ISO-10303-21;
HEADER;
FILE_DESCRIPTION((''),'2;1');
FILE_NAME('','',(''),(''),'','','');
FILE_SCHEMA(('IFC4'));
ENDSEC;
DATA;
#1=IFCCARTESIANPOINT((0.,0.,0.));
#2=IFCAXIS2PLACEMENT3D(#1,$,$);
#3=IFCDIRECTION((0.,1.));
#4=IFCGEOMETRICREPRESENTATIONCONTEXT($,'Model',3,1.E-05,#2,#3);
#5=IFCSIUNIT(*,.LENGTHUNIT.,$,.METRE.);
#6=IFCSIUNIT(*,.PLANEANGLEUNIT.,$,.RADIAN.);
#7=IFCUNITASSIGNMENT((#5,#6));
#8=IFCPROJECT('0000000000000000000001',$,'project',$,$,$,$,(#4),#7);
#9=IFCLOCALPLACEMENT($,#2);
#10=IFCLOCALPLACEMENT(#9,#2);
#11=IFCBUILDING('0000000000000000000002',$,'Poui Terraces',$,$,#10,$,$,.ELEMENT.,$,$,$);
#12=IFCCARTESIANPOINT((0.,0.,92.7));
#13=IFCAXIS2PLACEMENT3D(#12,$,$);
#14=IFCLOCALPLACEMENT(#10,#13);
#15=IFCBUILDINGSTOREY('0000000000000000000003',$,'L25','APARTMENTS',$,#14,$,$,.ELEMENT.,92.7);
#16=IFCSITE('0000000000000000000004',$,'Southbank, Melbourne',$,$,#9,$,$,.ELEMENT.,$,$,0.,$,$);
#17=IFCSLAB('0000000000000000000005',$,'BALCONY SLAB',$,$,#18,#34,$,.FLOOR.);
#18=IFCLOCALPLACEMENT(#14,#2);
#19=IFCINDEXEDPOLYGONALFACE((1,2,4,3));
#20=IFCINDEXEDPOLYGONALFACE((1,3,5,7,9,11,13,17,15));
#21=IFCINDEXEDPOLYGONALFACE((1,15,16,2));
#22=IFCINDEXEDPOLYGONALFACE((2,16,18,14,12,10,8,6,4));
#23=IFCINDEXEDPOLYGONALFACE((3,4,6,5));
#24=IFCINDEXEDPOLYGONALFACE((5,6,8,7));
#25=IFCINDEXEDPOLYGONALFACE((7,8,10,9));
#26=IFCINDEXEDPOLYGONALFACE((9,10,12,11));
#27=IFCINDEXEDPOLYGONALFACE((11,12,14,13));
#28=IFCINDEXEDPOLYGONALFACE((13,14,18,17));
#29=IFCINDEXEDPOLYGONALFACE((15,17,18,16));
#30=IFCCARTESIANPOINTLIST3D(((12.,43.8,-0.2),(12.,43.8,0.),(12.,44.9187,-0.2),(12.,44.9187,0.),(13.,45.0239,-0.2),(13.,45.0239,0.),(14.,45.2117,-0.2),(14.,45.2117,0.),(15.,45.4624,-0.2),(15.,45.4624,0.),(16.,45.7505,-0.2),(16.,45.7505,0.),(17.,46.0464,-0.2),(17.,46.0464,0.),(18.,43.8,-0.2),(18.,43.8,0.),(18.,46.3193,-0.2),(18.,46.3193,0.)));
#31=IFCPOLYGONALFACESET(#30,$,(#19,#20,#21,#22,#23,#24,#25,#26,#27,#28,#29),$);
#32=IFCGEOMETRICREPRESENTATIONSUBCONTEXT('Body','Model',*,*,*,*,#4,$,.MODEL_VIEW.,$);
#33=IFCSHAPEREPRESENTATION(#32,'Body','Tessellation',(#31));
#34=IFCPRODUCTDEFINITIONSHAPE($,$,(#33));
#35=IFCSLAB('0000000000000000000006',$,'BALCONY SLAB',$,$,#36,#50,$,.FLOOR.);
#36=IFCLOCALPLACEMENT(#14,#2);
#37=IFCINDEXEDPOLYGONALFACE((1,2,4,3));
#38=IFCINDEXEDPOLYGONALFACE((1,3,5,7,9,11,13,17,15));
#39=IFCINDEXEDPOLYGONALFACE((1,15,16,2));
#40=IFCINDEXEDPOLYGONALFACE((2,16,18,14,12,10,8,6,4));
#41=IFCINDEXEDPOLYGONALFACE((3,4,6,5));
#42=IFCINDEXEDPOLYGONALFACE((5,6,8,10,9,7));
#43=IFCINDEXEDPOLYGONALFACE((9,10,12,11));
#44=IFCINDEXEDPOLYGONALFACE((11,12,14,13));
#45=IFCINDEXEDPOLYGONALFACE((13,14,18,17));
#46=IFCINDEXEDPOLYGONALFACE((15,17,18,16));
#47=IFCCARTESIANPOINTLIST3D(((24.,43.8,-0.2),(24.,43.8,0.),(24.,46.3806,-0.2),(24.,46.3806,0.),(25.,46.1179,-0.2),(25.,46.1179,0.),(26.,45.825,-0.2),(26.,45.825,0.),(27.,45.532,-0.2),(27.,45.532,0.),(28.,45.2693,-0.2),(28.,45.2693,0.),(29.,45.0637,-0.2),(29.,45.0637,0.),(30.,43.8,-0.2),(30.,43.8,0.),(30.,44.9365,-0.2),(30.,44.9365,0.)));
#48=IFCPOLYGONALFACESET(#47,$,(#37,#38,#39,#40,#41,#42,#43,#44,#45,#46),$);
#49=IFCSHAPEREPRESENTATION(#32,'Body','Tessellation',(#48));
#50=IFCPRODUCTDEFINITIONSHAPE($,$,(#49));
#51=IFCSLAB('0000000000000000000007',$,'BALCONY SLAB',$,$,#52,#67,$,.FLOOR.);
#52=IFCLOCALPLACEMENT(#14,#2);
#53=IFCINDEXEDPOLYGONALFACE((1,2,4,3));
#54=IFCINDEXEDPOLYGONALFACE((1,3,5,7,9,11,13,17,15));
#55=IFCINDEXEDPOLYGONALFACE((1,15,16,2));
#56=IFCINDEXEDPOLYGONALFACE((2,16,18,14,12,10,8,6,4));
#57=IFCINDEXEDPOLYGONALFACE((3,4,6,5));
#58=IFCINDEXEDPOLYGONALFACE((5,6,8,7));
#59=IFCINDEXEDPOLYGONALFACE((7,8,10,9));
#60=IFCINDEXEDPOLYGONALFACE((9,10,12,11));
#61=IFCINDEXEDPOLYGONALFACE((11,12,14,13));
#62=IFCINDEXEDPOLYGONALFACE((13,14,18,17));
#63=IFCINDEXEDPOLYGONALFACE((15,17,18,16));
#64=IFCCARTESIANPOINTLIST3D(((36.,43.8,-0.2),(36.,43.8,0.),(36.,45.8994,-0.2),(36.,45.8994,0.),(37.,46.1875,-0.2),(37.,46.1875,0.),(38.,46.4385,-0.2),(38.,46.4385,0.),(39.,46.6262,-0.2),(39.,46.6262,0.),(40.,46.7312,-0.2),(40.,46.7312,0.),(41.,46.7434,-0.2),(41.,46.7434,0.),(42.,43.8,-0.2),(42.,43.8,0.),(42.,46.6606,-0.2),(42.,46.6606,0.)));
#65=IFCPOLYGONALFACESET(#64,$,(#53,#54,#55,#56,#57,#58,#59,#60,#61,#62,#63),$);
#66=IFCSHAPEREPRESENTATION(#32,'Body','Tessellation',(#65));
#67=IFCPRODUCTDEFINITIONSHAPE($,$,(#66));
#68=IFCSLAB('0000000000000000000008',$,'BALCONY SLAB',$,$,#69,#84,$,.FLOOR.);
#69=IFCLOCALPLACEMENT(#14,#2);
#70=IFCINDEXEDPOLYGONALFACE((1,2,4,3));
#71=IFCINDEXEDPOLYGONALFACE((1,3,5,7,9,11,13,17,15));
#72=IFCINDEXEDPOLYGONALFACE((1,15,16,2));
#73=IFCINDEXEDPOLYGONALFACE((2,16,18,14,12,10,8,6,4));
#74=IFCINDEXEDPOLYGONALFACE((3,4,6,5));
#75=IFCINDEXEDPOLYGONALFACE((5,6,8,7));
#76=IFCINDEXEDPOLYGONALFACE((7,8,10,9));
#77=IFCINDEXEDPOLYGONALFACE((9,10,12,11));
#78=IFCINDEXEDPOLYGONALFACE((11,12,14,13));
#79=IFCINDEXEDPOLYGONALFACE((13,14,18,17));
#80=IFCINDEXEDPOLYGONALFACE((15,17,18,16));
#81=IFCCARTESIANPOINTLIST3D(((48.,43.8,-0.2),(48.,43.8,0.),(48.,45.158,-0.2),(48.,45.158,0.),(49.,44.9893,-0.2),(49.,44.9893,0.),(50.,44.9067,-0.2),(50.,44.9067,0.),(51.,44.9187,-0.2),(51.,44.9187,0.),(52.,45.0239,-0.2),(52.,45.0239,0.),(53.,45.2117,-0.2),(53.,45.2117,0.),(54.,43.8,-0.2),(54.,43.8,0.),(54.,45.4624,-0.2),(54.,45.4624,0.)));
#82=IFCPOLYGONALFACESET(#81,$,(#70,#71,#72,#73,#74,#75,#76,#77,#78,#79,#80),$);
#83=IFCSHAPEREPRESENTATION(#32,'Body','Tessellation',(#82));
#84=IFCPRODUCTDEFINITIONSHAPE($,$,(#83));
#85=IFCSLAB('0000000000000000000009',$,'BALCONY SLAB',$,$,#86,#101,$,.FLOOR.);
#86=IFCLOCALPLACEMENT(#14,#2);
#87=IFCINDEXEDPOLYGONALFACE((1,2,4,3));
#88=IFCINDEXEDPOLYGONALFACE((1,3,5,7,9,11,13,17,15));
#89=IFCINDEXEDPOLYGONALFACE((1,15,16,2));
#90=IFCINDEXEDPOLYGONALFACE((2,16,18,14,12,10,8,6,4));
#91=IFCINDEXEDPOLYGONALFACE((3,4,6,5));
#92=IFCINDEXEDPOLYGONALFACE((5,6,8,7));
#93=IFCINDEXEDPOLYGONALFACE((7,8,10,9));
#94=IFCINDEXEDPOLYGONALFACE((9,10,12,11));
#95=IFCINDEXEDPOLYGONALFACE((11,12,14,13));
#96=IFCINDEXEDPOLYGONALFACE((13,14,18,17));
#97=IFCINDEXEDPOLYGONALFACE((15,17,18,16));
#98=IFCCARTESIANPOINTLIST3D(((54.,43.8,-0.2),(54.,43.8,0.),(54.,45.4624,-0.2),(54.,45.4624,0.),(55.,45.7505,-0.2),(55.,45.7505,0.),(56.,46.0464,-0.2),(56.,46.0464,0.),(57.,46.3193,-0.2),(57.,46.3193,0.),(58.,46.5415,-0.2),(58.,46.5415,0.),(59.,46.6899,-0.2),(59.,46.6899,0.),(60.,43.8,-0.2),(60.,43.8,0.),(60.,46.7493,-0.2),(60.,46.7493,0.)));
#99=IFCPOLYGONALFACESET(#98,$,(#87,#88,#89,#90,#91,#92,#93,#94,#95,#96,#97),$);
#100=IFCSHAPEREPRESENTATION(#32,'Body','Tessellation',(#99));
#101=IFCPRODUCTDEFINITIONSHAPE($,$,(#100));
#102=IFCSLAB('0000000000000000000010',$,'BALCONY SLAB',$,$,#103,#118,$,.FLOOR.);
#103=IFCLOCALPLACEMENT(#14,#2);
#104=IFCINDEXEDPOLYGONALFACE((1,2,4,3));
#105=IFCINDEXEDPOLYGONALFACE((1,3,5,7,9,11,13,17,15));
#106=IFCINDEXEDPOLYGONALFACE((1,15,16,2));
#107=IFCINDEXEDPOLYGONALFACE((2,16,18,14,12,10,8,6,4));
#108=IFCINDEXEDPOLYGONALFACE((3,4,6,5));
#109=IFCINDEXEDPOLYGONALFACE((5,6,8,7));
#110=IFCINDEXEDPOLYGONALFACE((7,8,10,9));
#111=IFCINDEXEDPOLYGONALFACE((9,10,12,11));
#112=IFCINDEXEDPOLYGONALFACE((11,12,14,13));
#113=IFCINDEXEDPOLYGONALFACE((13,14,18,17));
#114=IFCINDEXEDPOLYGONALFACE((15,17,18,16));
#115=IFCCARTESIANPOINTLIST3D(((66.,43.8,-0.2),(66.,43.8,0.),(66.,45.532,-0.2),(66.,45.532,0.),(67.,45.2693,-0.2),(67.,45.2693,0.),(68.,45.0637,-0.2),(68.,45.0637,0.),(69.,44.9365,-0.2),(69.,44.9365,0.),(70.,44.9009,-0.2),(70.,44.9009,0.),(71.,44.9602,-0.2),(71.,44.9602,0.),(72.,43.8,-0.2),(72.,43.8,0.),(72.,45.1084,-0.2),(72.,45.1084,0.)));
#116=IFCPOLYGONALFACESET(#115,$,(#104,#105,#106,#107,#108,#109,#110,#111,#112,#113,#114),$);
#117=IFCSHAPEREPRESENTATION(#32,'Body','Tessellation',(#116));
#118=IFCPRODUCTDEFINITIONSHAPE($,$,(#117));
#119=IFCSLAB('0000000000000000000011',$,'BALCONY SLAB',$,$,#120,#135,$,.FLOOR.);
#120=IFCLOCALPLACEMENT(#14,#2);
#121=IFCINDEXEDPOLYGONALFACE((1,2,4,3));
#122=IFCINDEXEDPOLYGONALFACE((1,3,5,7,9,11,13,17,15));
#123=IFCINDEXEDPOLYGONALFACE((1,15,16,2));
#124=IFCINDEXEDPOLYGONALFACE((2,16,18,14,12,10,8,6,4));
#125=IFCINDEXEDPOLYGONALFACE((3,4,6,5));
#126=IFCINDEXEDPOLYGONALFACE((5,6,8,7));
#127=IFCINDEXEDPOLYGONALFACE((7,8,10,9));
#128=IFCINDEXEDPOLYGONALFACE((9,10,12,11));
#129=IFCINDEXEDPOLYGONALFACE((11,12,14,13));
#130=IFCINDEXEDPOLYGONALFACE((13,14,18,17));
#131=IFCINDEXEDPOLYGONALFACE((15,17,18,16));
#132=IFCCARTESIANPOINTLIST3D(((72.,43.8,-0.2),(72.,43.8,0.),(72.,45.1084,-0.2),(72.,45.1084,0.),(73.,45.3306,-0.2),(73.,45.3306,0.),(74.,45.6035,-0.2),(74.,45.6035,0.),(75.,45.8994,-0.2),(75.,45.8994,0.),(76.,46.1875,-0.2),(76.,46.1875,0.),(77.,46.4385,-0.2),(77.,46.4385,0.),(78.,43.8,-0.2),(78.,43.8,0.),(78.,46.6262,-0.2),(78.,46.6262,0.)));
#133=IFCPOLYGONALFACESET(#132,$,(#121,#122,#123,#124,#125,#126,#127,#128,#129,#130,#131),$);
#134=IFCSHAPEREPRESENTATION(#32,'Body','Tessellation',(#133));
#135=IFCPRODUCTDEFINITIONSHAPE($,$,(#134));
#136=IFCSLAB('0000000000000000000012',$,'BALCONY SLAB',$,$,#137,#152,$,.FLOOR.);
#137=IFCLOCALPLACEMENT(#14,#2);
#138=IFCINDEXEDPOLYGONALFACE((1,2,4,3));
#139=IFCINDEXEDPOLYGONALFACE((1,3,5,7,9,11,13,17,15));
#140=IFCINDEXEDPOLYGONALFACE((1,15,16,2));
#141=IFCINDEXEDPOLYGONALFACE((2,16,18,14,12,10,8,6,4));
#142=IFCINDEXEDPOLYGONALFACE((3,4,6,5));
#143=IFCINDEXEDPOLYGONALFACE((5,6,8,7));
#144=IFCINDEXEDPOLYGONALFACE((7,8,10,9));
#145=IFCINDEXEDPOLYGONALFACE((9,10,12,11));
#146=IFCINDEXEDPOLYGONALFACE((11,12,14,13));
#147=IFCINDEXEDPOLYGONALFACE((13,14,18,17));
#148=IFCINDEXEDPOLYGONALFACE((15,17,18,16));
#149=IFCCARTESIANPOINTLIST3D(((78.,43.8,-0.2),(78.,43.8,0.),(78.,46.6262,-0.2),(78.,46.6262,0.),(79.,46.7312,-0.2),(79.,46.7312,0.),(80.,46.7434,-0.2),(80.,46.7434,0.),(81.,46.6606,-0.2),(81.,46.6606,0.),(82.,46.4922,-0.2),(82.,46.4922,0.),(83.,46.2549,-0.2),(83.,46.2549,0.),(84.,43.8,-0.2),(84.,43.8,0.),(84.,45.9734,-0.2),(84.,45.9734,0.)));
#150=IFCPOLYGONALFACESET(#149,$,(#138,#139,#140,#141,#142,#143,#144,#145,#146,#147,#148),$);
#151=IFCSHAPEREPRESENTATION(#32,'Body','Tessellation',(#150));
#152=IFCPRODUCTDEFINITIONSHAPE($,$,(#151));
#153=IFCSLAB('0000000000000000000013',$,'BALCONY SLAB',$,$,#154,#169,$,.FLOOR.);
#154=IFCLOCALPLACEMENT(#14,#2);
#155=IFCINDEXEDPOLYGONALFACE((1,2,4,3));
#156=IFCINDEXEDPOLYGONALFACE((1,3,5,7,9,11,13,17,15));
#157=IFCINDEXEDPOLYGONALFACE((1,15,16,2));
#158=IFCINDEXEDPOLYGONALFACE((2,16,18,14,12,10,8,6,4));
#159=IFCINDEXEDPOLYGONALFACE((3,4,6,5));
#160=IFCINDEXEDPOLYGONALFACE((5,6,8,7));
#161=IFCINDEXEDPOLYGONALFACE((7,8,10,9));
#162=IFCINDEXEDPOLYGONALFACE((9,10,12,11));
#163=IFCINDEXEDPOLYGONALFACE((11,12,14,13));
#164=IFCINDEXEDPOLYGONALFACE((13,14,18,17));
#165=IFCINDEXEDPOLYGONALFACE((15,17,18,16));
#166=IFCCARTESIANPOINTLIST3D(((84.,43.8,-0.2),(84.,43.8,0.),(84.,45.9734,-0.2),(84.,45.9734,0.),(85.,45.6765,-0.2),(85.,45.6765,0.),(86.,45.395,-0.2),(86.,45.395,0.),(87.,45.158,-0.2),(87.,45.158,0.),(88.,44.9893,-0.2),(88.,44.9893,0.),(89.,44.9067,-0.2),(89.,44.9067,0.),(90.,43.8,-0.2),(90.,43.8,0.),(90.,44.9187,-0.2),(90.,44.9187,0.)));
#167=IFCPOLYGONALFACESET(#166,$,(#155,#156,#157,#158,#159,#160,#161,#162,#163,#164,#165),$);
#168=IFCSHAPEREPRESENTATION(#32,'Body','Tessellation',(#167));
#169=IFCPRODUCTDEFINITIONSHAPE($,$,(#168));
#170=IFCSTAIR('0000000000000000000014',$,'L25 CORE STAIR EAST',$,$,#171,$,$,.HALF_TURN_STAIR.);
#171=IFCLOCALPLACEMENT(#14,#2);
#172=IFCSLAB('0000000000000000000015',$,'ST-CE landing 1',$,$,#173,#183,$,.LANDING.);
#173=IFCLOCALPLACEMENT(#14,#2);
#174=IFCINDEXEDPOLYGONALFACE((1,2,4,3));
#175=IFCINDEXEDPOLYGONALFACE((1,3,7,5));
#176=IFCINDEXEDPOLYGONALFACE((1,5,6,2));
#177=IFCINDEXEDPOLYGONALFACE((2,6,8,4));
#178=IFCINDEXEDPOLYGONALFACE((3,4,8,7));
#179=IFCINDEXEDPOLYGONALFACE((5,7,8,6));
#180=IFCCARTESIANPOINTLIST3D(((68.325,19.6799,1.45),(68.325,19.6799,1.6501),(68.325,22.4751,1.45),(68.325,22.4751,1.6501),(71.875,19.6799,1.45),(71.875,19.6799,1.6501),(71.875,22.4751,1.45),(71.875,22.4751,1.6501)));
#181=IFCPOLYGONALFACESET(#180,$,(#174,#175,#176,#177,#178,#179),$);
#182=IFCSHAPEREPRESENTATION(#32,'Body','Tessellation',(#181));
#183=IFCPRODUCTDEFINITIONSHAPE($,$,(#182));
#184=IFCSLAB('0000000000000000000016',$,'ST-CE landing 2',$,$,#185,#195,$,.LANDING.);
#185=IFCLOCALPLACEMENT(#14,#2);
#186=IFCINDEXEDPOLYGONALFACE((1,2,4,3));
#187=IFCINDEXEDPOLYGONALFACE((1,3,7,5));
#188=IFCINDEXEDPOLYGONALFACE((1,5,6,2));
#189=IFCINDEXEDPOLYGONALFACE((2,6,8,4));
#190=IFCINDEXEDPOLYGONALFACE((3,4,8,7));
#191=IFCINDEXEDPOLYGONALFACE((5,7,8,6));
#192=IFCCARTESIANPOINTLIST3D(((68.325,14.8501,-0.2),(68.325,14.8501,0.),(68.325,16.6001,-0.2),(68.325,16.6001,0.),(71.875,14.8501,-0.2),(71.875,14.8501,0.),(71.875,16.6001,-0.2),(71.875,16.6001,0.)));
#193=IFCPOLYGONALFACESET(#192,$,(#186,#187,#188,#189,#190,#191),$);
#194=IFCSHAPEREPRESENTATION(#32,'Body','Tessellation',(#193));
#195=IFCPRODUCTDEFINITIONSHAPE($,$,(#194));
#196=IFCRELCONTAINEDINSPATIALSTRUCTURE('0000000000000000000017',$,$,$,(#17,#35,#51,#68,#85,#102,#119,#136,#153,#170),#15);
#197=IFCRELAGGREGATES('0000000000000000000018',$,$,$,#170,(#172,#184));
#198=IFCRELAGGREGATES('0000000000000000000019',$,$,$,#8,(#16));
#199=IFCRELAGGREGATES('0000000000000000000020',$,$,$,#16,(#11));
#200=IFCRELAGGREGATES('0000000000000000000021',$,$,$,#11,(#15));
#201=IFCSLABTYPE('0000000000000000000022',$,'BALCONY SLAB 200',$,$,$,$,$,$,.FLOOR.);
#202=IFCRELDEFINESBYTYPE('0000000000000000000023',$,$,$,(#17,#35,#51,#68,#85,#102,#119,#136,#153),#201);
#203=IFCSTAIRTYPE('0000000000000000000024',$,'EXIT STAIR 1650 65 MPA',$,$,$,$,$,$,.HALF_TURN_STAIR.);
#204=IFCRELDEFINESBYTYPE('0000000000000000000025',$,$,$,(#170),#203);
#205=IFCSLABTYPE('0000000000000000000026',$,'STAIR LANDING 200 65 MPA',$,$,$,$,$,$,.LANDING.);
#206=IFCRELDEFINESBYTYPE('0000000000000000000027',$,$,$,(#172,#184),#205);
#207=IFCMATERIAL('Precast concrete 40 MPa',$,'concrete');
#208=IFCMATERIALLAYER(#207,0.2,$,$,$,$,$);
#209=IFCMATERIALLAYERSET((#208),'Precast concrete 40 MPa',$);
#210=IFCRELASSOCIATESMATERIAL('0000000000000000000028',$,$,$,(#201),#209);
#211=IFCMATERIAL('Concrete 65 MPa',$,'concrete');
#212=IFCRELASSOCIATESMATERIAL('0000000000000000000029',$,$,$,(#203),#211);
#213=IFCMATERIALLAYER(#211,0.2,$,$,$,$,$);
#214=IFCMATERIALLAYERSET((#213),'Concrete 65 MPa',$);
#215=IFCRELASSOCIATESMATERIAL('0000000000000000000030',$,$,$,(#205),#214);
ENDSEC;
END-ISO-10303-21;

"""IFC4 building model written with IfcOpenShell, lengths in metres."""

from ifc_helpers import new_model, si_unit, direction, frame, origin, place, context, subcontext, project, spatial, polyline, outline, extrude, material, layer, layer_set, type_object, element, aggregate, save


model = new_model("IFC4")

# Units and contexts
model_context = context("Model", 3, precision=1e-05, world=origin(), true_north=direction((0.0, 1.0)))
body_context = subcontext(model_context, "Body", "Model", "MODEL_VIEW")
ifc_project = project(units=[si_unit("LENGTHUNIT", "METRE"), si_unit("PLANEANGLEUNIT", "RADIAN")], contexts=[model_context])

# Site, building, storey
site_placement = place(None, origin())
site = spatial("IfcSite", under=ifc_project, at=site_placement, Name="Southbank, Melbourne", CompositionType="ELEMENT", RefElevation=0.0)
building_placement = place(site_placement, origin())
building = spatial("IfcBuilding", under=site, at=building_placement, Name="Poui Terraces", CompositionType="ELEMENT")
storey_placement = place(building_placement, frame((0.0, 0.0, 92.7)))
storey = spatial("IfcBuildingStorey", under=building, at=storey_placement, Name="L25", Description="APARTMENTS", CompositionType="ELEMENT", Elevation=92.7)

# Slabs
ifc_material_1 = material(Name="Precast concrete 40 MPa", Category="concrete")
ifc_layer_1 = layer(ifc_material_1, 0.2)
ifc_layer_set_1 = layer_set([ifc_layer_1], Name="Precast concrete 40 MPa")
slab_type_1 = type_object("IfcSlabType", Name="BALCONY SLAB 200", PredefinedType="FLOOR", material=ifc_layer_set_1)
slab_1_placement = place(storey_placement, frame((0.0, 0.0, -0.2)))
element("IfcSlab", 1, at=slab_1_placement, inside=storey, type_object=slab_type_1, Name="BALCONY SLAB", PredefinedType="FLOOR", context=body_context, shape_type="SweptSolid", body=[
    extrude(outline(polyline([(12.0, 43.8), (18.0, 43.8), (18.0, 46.3193), (17.0, 46.0464), (16.0, 45.7505), (15.0, 45.4624), (14.0, 45.2117), (13.0, 45.0239), (12.0, 44.9187), (12.0, 43.8)])), origin(), (0.0, 0.0, 1.0), 0.2),
])
slab_2_placement = place(storey_placement, frame((0.0, 0.0, -0.2)))
element("IfcSlab", 2, at=slab_2_placement, inside=storey, type_object=slab_type_1, Name="BALCONY SLAB", PredefinedType="FLOOR", context=body_context, shape_type="SweptSolid", body=[
    extrude(outline(polyline([(24.0, 43.8), (30.0, 43.8), (30.0, 44.9365), (29.0, 45.0637), (28.0, 45.2693), (27.0, 45.532), (26.0, 45.825), (25.0, 46.1179), (24.0, 46.3806), (24.0, 43.8)])), origin(), (0.0, 0.0, 1.0), 0.2),
])
slab_3_placement = place(storey_placement, frame((0.0, 0.0, -0.2)))
element("IfcSlab", 3, at=slab_3_placement, inside=storey, type_object=slab_type_1, Name="BALCONY SLAB", PredefinedType="FLOOR", context=body_context, shape_type="SweptSolid", body=[
    extrude(outline(polyline([(36.0, 43.8), (42.0, 43.8), (42.0, 46.6606), (41.0, 46.7434), (40.0, 46.7312), (39.0, 46.6262), (38.0, 46.4385), (37.0, 46.1875), (36.0, 45.8994), (36.0, 43.8)])), origin(), (0.0, 0.0, 1.0), 0.2),
])
slab_4_placement = place(storey_placement, frame((0.0, 0.0, -0.2)))
element("IfcSlab", 4, at=slab_4_placement, inside=storey, type_object=slab_type_1, Name="BALCONY SLAB", PredefinedType="FLOOR", context=body_context, shape_type="SweptSolid", body=[
    extrude(outline(polyline([(48.0, 43.8), (54.0, 43.8), (54.0, 45.4624), (53.0, 45.2117), (52.0, 45.0239), (51.0, 44.9187), (50.0, 44.9067), (49.0, 44.9893), (48.0, 45.158), (48.0, 43.8)])), origin(), (0.0, 0.0, 1.0), 0.2),
])
slab_5_placement = place(storey_placement, frame((0.0, 0.0, -0.2)))
element("IfcSlab", 5, at=slab_5_placement, inside=storey, type_object=slab_type_1, Name="BALCONY SLAB", PredefinedType="FLOOR", context=body_context, shape_type="SweptSolid", body=[
    extrude(outline(polyline([(54.0, 43.8), (60.0, 43.8), (60.0, 46.7493), (59.0, 46.6899), (58.0, 46.5415), (57.0, 46.3193), (56.0, 46.0464), (55.0, 45.7505), (54.0, 45.4624), (54.0, 43.8)])), origin(), (0.0, 0.0, 1.0), 0.2),
])
slab_6_placement = place(storey_placement, frame((0.0, 0.0, -0.2)))
element("IfcSlab", 6, at=slab_6_placement, inside=storey, type_object=slab_type_1, Name="BALCONY SLAB", PredefinedType="FLOOR", context=body_context, shape_type="SweptSolid", body=[
    extrude(outline(polyline([(66.0, 43.8), (72.0, 43.8), (72.0, 45.1084), (71.0, 44.9602), (70.0, 44.9009), (69.0, 44.9365), (68.0, 45.0637), (67.0, 45.2693), (66.0, 45.532), (66.0, 43.8)])), origin(), (0.0, 0.0, 1.0), 0.2),
])
slab_7_placement = place(storey_placement, frame((0.0, 0.0, -0.2)))
element("IfcSlab", 7, at=slab_7_placement, inside=storey, type_object=slab_type_1, Name="BALCONY SLAB", PredefinedType="FLOOR", context=body_context, shape_type="SweptSolid", body=[
    extrude(outline(polyline([(72.0, 43.8), (78.0, 43.8), (78.0, 46.6262), (77.0, 46.4385), (76.0, 46.1875), (75.0, 45.8994), (74.0, 45.6035), (73.0, 45.3306), (72.0, 45.1084), (72.0, 43.8)])), origin(), (0.0, 0.0, 1.0), 0.2),
])
slab_8_placement = place(storey_placement, frame((0.0, 0.0, -0.2)))
element("IfcSlab", 8, at=slab_8_placement, inside=storey, type_object=slab_type_1, Name="BALCONY SLAB", PredefinedType="FLOOR", context=body_context, shape_type="SweptSolid", body=[
    extrude(outline(polyline([(78.0, 43.8), (84.0, 43.8), (84.0, 45.9734), (83.0, 46.2549), (82.0, 46.4922), (81.0, 46.6606), (80.0, 46.7434), (79.0, 46.7312), (78.0, 46.6262), (78.0, 43.8)])), origin(), (0.0, 0.0, 1.0), 0.2),
])
slab_9_placement = place(storey_placement, frame((0.0, 0.0, -0.2)))
element("IfcSlab", 9, at=slab_9_placement, inside=storey, type_object=slab_type_1, Name="BALCONY SLAB", PredefinedType="FLOOR", context=body_context, shape_type="SweptSolid", body=[
    extrude(outline(polyline([(84.0, 43.8), (90.0, 43.8), (90.0, 44.9187), (89.0, 44.9067), (88.0, 44.9893), (87.0, 45.158), (86.0, 45.395), (85.0, 45.6765), (84.0, 45.9734), (84.0, 43.8)])), origin(), (0.0, 0.0, 1.0), 0.2),
])

# Stair, slabs
ifc_material_2 = material(Name="Concrete 65 MPa", Category="concrete")
stair_type = type_object("IfcStairType", Name="EXIT STAIR 1650 65 MPA", PredefinedType="HALF_TURN_STAIR", material=ifc_material_2)
stair_placement = place(storey_placement, origin())
stair = element("IfcStair", 10, at=stair_placement, inside=storey, type_object=stair_type, Name="L25 CORE STAIR EAST", PredefinedType="HALF_TURN_STAIR")
ifc_layer_2 = layer(ifc_material_2, 0.2)
ifc_layer_set_2 = layer_set([ifc_layer_2], Name="Concrete 65 MPa")
slab_type_2 = type_object("IfcSlabType", Name="STAIR LANDING 200 65 MPA", PredefinedType="LANDING", material=ifc_layer_set_2)
slab_10_placement = place(storey_placement, frame((0.0, 0.0, 1.45)))
slab_10 = element("IfcSlab", 11, at=slab_10_placement, type_object=slab_type_2, Name="ST-CE landing 1", PredefinedType="LANDING", context=body_context, shape_type="SweptSolid", body=[
    extrude(outline(polyline([(68.325, 19.6799), (71.875, 19.6799), (71.875, 22.4751), (68.325, 22.4751), (68.325, 19.6799)])), origin(), (0.0, 0.0, 1.0), 0.2002),
])
slab_11_placement = place(storey_placement, frame((0.0, 0.0, -0.2)))
slab_11 = element("IfcSlab", 12, at=slab_11_placement, type_object=slab_type_2, Name="ST-CE landing 2", PredefinedType="LANDING", context=body_context, shape_type="SweptSolid", body=[
    extrude(outline(polyline([(68.325, 14.8501), (71.875, 14.8501), (71.875, 16.6001), (68.325, 16.6001), (68.325, 14.8501)])), origin(), (0.0, 0.0, 1.0), 0.2),
])
aggregate(stair, [slab_10, slab_11])

save(model, "model.ifc")
